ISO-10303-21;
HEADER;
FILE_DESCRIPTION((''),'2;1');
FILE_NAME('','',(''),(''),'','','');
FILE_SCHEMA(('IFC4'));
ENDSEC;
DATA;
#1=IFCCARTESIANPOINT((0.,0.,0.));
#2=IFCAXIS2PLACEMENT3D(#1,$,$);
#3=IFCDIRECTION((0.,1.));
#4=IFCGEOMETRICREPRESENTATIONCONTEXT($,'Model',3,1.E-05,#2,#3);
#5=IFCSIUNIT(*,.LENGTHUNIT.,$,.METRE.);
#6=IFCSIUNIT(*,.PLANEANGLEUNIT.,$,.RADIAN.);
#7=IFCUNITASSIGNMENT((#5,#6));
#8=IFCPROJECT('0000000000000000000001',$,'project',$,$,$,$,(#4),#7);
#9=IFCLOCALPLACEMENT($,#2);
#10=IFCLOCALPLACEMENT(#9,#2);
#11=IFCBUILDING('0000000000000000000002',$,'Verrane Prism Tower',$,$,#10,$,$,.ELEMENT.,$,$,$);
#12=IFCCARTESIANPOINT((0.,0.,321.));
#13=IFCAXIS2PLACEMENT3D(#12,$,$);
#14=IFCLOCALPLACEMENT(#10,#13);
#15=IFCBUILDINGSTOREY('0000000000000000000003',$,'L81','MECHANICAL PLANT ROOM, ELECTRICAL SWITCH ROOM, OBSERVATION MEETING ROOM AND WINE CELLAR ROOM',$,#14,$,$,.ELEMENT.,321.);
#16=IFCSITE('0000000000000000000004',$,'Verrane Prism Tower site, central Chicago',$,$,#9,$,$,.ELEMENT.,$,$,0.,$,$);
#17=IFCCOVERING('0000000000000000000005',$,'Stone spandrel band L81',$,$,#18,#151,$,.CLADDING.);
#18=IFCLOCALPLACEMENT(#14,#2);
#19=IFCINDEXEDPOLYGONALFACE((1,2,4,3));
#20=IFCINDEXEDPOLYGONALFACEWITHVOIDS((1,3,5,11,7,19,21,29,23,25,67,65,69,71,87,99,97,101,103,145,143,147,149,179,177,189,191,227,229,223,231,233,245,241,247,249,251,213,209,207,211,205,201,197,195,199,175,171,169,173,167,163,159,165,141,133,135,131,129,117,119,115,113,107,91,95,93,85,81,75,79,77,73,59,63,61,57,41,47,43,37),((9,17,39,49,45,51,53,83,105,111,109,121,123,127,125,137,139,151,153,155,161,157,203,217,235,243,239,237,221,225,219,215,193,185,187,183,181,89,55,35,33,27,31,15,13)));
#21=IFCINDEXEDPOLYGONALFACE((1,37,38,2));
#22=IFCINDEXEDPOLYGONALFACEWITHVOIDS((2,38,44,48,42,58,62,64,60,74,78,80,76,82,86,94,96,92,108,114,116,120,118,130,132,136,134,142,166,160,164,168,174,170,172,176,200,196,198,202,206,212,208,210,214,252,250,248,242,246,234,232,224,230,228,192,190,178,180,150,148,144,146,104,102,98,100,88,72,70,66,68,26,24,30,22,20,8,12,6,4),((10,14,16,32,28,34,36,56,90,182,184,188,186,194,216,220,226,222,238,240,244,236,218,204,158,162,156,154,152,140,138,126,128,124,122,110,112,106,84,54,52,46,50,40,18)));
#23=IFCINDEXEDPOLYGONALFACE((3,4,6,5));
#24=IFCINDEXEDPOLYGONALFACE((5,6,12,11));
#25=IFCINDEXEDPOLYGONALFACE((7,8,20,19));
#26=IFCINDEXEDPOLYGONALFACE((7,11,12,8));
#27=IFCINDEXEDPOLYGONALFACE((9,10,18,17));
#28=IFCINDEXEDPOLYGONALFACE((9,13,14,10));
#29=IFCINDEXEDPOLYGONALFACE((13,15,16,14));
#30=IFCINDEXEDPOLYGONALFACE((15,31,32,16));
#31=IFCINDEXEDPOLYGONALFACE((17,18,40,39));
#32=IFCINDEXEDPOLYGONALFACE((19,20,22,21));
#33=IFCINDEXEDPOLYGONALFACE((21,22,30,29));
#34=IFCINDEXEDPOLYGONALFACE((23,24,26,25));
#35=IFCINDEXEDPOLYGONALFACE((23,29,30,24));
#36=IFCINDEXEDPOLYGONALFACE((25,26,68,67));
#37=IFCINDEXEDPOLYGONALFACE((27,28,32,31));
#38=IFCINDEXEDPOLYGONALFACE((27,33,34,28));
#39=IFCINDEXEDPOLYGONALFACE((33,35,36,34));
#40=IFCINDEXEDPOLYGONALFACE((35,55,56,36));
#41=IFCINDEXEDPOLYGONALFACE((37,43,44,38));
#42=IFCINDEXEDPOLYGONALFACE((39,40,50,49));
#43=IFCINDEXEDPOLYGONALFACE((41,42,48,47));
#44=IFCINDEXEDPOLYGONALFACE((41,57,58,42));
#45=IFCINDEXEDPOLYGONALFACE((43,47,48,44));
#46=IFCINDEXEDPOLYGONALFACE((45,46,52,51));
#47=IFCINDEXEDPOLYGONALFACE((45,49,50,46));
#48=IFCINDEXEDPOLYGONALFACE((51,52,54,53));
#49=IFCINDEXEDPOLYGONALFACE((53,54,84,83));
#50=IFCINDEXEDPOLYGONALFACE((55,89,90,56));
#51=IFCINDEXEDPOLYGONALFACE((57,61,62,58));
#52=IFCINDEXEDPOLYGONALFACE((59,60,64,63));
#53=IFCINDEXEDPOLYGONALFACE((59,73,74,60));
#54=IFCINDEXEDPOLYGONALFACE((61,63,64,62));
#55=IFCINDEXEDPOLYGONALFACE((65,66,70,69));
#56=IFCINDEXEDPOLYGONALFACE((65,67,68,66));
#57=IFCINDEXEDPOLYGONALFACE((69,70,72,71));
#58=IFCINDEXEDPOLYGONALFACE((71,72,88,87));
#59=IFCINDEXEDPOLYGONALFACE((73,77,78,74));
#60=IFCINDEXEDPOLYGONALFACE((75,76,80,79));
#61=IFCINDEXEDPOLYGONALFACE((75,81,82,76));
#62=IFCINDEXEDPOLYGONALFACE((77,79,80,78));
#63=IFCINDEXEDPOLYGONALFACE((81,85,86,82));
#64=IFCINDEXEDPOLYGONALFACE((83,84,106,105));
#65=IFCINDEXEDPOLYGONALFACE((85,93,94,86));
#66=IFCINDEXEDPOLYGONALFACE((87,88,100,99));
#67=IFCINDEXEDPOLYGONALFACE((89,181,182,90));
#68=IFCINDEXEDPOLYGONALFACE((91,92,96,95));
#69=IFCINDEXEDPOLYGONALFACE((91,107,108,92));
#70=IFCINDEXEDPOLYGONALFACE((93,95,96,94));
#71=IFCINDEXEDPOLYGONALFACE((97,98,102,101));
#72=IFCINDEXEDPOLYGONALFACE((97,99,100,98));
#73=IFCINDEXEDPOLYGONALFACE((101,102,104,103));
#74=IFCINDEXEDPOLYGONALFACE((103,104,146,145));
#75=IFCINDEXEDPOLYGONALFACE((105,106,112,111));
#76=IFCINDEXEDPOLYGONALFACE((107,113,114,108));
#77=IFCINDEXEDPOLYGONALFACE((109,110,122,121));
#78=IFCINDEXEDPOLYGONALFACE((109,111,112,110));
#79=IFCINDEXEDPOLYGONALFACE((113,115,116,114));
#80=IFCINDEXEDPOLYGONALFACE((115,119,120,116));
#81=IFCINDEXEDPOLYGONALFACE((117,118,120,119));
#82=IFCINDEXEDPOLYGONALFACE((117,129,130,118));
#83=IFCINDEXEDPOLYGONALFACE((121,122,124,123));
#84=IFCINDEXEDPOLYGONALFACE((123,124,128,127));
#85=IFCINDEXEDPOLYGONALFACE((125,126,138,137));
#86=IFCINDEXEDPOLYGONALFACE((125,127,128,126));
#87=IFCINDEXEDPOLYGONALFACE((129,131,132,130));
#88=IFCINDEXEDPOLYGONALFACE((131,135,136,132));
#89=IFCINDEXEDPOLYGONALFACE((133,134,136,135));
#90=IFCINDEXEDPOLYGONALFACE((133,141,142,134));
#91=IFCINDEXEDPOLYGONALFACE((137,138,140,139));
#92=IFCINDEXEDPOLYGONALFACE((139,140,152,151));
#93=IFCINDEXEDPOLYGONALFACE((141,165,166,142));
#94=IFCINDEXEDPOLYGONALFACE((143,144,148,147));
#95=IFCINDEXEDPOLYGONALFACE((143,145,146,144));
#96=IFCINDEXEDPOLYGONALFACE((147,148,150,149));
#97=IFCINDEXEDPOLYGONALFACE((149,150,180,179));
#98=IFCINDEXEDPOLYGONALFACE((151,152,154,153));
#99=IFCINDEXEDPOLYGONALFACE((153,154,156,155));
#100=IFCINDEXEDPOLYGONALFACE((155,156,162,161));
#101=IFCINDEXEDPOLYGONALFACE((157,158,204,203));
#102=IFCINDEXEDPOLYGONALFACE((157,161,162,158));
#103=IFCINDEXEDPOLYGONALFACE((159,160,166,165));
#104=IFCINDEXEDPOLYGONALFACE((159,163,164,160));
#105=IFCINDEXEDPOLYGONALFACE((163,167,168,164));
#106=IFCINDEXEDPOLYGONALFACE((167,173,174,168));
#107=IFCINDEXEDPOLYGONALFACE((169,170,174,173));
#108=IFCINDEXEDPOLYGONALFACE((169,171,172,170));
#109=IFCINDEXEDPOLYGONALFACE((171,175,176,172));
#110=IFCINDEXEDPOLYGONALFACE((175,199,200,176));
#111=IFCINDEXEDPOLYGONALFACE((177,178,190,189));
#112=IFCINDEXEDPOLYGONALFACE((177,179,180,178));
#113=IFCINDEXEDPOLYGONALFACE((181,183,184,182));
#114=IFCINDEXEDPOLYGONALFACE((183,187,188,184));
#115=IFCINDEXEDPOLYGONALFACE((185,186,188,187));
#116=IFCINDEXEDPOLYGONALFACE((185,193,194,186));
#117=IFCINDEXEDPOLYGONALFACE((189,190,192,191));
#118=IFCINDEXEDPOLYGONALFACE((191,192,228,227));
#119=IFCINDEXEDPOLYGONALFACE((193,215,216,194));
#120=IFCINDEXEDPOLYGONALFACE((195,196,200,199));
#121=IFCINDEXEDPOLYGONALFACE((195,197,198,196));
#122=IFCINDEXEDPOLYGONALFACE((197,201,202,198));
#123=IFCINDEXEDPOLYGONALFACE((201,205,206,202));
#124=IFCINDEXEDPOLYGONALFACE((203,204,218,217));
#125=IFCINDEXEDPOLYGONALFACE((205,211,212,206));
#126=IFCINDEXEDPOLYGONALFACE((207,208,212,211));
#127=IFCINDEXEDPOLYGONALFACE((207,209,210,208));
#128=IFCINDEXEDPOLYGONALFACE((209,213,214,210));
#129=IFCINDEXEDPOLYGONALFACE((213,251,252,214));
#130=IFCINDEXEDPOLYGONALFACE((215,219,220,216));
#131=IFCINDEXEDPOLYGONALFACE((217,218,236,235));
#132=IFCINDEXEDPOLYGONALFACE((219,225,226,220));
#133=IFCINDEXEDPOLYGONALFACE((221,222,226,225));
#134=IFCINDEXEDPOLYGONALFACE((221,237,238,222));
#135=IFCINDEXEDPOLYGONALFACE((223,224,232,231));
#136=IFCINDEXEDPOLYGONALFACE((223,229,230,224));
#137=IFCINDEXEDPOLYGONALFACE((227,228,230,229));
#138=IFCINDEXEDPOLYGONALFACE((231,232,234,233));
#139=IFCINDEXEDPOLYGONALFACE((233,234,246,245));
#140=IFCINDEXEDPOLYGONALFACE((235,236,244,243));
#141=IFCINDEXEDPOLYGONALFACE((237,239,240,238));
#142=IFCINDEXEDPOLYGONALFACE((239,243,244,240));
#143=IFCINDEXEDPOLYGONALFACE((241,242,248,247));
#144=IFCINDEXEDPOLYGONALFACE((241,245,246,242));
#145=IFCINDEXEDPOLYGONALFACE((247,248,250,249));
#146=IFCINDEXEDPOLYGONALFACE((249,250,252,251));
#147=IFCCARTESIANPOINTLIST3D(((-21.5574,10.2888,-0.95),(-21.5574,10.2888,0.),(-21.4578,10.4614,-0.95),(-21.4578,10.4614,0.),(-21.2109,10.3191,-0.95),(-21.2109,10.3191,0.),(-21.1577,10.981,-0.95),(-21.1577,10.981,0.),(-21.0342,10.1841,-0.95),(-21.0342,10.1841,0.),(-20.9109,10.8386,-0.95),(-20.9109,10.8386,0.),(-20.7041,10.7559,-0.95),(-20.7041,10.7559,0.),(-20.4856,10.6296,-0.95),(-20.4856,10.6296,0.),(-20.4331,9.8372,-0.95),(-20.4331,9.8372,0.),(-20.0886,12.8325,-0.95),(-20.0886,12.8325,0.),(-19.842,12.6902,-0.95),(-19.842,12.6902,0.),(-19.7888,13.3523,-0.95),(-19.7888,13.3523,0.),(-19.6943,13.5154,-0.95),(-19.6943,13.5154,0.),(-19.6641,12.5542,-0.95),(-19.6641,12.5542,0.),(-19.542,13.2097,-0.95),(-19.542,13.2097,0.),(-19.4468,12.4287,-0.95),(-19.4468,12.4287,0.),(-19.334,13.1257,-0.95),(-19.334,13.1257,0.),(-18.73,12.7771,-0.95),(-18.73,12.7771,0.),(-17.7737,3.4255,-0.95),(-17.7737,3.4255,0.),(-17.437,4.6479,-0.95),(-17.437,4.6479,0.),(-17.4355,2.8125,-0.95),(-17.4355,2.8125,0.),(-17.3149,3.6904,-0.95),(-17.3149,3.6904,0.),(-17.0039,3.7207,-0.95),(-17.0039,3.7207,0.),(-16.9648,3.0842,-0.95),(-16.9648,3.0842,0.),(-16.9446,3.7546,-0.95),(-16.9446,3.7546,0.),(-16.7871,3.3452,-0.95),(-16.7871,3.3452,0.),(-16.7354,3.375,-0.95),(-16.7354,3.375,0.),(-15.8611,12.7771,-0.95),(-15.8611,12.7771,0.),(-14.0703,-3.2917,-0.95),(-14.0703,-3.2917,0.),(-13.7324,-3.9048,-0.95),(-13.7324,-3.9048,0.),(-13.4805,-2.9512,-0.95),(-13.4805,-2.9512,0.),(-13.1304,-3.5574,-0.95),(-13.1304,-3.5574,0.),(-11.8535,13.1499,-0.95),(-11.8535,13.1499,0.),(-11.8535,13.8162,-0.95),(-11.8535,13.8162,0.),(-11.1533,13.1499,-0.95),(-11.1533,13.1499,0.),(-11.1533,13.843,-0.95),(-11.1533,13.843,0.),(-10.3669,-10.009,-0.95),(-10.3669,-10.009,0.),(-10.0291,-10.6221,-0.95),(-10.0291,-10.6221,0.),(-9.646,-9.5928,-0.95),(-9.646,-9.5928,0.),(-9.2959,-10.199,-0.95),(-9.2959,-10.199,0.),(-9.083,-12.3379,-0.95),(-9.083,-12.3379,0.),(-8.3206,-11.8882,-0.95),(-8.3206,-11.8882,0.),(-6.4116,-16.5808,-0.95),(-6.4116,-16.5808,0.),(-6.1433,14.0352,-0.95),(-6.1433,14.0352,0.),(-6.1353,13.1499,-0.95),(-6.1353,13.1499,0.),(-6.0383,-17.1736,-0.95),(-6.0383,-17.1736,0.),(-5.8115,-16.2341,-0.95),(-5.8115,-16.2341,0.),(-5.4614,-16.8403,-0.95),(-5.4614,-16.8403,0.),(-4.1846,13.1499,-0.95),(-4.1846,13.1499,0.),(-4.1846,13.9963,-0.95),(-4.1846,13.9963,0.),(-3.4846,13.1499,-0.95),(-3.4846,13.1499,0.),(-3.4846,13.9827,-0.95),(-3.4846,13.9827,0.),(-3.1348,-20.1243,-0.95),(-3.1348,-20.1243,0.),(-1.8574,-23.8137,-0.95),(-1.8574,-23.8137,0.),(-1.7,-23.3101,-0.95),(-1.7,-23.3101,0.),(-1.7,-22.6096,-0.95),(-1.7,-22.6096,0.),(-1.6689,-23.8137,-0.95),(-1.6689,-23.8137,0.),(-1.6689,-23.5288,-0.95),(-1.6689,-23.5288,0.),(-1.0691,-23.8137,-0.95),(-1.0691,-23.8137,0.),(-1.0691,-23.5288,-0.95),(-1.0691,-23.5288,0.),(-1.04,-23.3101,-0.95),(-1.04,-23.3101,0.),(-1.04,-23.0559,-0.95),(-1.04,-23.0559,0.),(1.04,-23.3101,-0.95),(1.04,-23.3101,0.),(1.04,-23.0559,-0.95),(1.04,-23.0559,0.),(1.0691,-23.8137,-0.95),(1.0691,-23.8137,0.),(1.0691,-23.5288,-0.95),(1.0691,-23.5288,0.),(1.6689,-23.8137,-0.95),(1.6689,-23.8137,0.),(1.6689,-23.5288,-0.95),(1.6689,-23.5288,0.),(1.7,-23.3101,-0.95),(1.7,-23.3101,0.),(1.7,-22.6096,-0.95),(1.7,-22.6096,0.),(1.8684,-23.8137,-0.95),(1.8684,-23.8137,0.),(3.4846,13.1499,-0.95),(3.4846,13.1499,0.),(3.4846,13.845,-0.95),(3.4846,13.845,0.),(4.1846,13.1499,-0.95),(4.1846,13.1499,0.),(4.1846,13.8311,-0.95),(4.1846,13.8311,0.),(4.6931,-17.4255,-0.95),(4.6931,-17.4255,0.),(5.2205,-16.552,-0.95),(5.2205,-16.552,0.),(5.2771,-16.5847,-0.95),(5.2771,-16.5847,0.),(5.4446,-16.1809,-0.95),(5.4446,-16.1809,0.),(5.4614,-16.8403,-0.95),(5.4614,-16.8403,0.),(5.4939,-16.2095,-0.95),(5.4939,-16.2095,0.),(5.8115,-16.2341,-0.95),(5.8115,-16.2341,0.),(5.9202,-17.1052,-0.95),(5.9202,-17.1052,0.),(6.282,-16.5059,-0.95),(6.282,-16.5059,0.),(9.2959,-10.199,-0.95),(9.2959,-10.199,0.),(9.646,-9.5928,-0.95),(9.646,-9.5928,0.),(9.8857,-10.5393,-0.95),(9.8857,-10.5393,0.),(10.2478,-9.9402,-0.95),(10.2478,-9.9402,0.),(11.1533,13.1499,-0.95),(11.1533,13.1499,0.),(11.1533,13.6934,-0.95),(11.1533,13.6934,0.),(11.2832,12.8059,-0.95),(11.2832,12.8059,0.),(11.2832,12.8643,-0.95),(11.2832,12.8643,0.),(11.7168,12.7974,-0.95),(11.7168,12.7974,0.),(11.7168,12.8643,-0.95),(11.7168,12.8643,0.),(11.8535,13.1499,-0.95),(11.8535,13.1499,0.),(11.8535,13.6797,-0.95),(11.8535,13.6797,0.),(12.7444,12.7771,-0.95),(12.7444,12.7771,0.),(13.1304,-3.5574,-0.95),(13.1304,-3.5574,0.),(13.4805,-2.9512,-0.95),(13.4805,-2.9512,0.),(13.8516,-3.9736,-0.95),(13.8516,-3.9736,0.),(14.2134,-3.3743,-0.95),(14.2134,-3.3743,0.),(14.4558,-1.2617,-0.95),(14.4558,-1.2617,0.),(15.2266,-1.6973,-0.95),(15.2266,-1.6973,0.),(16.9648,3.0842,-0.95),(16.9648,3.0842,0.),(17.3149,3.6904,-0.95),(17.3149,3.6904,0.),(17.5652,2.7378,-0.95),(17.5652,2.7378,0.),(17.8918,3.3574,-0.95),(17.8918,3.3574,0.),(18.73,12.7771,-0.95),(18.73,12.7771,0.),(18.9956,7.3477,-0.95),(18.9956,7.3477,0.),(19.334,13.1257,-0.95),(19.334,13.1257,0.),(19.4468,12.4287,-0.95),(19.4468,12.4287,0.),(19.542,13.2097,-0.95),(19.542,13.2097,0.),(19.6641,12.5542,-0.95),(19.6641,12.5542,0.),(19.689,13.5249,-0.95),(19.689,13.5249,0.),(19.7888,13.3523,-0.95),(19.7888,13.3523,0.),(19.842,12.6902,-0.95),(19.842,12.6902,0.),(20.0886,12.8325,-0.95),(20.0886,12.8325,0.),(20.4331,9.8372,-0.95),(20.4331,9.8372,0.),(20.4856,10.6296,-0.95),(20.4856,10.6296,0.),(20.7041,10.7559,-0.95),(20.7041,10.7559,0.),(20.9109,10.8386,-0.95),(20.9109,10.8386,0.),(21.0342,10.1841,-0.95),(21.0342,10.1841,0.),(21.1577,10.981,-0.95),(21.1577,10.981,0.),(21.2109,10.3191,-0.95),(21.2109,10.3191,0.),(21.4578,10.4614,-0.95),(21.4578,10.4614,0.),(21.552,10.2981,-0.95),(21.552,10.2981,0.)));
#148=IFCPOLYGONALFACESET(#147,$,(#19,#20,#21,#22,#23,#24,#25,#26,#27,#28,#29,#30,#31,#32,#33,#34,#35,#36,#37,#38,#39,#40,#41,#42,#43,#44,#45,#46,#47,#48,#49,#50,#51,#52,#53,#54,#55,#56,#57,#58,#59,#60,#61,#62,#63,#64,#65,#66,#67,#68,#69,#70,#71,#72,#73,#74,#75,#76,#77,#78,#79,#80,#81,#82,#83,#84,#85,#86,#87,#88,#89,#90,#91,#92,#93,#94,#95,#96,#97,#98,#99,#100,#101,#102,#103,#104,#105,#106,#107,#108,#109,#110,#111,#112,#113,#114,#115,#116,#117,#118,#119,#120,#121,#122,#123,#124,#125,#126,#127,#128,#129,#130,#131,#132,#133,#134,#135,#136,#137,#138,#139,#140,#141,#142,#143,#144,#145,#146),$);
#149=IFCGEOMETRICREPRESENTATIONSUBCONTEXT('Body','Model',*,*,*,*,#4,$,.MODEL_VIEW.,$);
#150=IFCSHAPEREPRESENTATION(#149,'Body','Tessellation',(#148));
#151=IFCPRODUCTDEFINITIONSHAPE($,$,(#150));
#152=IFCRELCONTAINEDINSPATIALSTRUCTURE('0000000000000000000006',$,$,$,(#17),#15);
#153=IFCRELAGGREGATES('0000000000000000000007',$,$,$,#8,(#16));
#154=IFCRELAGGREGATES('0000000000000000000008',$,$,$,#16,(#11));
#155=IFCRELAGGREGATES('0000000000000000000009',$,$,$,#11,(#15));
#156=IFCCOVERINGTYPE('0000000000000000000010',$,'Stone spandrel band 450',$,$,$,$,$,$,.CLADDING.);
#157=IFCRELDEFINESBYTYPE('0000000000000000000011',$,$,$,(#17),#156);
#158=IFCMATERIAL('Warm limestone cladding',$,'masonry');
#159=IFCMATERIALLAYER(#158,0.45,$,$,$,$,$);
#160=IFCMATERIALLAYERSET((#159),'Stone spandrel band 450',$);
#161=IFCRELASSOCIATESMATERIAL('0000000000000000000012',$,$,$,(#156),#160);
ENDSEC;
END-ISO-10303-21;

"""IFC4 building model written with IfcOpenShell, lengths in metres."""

from ifc_helpers import new_model, si_unit, direction, frame, origin, place, context, subcontext, project, spatial, polyline, outline, extrude, material, layer, layer_set, type_object, element, save


model = new_model("IFC4")

# Units and contexts
model_context = context("Model", 3, precision=1e-05, world=origin(), true_north=direction((0.0, 1.0)))
body_context = subcontext(model_context, "Body", "Model", "MODEL_VIEW")
ifc_project = project(units=[si_unit("LENGTHUNIT", "METRE"), si_unit("PLANEANGLEUNIT", "RADIAN")], contexts=[model_context])

# Site, building, storey
site_placement = place(None, origin())
site = spatial("IfcSite", under=ifc_project, at=site_placement, Name="Verrane Prism Tower site, central Chicago", CompositionType="ELEMENT", RefElevation=0.0)
building_placement = place(site_placement, origin())
building = spatial("IfcBuilding", under=site, at=building_placement, Name="Verrane Prism Tower", CompositionType="ELEMENT")
storey_placement = place(building_placement, frame((0.0, 0.0, 321.0)))
storey = spatial("IfcBuildingStorey", under=building, at=storey_placement, Name="L81", Description="MECHANICAL PLANT ROOM, ELECTRICAL SWITCH ROOM, OBSERVATION MEETING ROOM AND WINE CELLAR ROOM", CompositionType="ELEMENT", Elevation=321.0)

# Covering
ifc_material_1 = material(Name="Warm limestone cladding", Category="masonry")
ifc_layer_1 = layer(ifc_material_1, 0.45)
ifc_layer_set_1 = layer_set([ifc_layer_1], Name="Stone spandrel band 450")
covering_type_1 = type_object("IfcCoveringType", Name="Stone spandrel band 450", PredefinedType="CLADDING", material=ifc_layer_set_1)
covering_1_placement = place(storey_placement, frame((0.0, 0.0, -0.95)))
element("IfcCovering", 1, at=covering_1_placement, inside=storey, type_object=covering_type_1, Name="Stone spandrel band L81", PredefinedType="CLADDING", context=body_context, shape_type="SweptSolid", body=[
    extrude(outline(polyline([(1.8684, -23.8137), (5.9202, -17.1052), (5.4614, -16.8403), (5.8115, -16.2341), (6.282, -16.5059), (9.8857, -10.5393), (9.2959, -10.199), (9.646, -9.5928), (10.2478, -9.9402), (13.8516, -3.9736), (13.1304, -3.5574), (13.4805, -2.9512), (14.2134, -3.3743), (15.2266, -1.6973), (17.5652, 2.7378), (16.9648, 3.0842), (17.3149, 3.6904), (17.8918, 3.3574), (21.552, 10.2981), (21.4578, 10.4614), (21.2109, 10.3191), (20.9109, 10.8386), (21.1577, 10.981), (20.0886, 12.8325), (19.842, 12.6902), (19.542, 13.2097), (19.7888, 13.3523), (19.689, 13.5249), (11.8535, 13.6797), (11.8535, 13.1499), (11.1533, 13.1499), (11.1533, 13.6934), (4.1846, 13.8311), (4.1846, 13.1499), (3.4846, 13.1499), (3.4846, 13.845), (-3.4846, 13.9827), (-3.4846, 13.1499), (-4.1846, 13.1499), (-4.1846, 13.9963), (-6.1433, 14.0352), (-11.1533, 13.843), (-11.1533, 13.1499), (-11.8535, 13.1499), (-11.8535, 13.8162), (-19.6943, 13.5154), (-19.7888, 13.3523), (-19.542, 13.2097), (-19.842, 12.6902), (-20.0886, 12.8325), (-21.1577, 10.981), (-20.9109, 10.8386), (-21.2109, 10.3191), (-21.4578, 10.4614), (-21.5574, 10.2888), (-17.7737, 3.4255), (-17.3149, 3.6904), (-16.9648, 3.0842), (-17.4355, 2.8125), (-14.0703, -3.2917), (-13.4805, -2.9512), (-13.1304, -3.5574), (-13.7324, -3.9048), (-10.3669, -10.009), (-9.646, -9.5928), (-9.2959, -10.199), (-10.0291, -10.6221), (-9.083, -12.3379), (-6.4116, -16.5808), (-5.8115, -16.2341), (-5.4614, -16.8403), (-6.0383, -17.1736), (-1.8574, -23.8137), (-1.6689, -23.8137), (-1.6689, -23.5288), (-1.0691, -23.5288), (-1.0691, -23.8137), (1.0691, -23.8137), (1.0691, -23.5288), (1.6689, -23.5288), (1.6689, -23.8137), (1.8684, -23.8137)]), holes=[polyline([(4.6931, -17.4255), (1.7, -22.6096), (1.7, -23.3101), (1.04, -23.3101), (1.04, -23.0559), (-1.04, -23.0559), (-1.04, -23.3101), (-1.7, -23.3101), (-1.7, -22.6096), (-3.1348, -20.1243), (-8.3206, -11.8882), (-16.7354, 3.375), (-16.7871, 3.3452), (-17.0039, 3.7207), (-16.9446, 3.7546), (-17.437, 4.6479), (-20.4331, 9.8372), (-21.0342, 10.1841), (-20.7041, 10.7559), (-20.4856, 10.6296), (-19.4468, 12.4287), (-19.6641, 12.5542), (-19.334, 13.1257), (-18.73, 12.7771), (-15.8611, 12.7771), (-6.1353, 13.1499), (11.2832, 12.8059), (11.2832, 12.8643), (11.7168, 12.8643), (11.7168, 12.7974), (12.7444, 12.7771), (18.73, 12.7771), (19.334, 13.1257), (19.6641, 12.5542), (19.4468, 12.4287), (20.4856, 10.6296), (20.7041, 10.7559), (21.0342, 10.1841), (20.4331, 9.8372), (18.9956, 7.3477), (14.4558, -1.2617), (5.4446, -16.1809), (5.4939, -16.2095), (5.2771, -16.5847), (5.2205, -16.552), (4.6931, -17.4255)])]), origin(), (0.0, 0.0, 1.0), 0.95),
])

save(model, "model.ifc")
